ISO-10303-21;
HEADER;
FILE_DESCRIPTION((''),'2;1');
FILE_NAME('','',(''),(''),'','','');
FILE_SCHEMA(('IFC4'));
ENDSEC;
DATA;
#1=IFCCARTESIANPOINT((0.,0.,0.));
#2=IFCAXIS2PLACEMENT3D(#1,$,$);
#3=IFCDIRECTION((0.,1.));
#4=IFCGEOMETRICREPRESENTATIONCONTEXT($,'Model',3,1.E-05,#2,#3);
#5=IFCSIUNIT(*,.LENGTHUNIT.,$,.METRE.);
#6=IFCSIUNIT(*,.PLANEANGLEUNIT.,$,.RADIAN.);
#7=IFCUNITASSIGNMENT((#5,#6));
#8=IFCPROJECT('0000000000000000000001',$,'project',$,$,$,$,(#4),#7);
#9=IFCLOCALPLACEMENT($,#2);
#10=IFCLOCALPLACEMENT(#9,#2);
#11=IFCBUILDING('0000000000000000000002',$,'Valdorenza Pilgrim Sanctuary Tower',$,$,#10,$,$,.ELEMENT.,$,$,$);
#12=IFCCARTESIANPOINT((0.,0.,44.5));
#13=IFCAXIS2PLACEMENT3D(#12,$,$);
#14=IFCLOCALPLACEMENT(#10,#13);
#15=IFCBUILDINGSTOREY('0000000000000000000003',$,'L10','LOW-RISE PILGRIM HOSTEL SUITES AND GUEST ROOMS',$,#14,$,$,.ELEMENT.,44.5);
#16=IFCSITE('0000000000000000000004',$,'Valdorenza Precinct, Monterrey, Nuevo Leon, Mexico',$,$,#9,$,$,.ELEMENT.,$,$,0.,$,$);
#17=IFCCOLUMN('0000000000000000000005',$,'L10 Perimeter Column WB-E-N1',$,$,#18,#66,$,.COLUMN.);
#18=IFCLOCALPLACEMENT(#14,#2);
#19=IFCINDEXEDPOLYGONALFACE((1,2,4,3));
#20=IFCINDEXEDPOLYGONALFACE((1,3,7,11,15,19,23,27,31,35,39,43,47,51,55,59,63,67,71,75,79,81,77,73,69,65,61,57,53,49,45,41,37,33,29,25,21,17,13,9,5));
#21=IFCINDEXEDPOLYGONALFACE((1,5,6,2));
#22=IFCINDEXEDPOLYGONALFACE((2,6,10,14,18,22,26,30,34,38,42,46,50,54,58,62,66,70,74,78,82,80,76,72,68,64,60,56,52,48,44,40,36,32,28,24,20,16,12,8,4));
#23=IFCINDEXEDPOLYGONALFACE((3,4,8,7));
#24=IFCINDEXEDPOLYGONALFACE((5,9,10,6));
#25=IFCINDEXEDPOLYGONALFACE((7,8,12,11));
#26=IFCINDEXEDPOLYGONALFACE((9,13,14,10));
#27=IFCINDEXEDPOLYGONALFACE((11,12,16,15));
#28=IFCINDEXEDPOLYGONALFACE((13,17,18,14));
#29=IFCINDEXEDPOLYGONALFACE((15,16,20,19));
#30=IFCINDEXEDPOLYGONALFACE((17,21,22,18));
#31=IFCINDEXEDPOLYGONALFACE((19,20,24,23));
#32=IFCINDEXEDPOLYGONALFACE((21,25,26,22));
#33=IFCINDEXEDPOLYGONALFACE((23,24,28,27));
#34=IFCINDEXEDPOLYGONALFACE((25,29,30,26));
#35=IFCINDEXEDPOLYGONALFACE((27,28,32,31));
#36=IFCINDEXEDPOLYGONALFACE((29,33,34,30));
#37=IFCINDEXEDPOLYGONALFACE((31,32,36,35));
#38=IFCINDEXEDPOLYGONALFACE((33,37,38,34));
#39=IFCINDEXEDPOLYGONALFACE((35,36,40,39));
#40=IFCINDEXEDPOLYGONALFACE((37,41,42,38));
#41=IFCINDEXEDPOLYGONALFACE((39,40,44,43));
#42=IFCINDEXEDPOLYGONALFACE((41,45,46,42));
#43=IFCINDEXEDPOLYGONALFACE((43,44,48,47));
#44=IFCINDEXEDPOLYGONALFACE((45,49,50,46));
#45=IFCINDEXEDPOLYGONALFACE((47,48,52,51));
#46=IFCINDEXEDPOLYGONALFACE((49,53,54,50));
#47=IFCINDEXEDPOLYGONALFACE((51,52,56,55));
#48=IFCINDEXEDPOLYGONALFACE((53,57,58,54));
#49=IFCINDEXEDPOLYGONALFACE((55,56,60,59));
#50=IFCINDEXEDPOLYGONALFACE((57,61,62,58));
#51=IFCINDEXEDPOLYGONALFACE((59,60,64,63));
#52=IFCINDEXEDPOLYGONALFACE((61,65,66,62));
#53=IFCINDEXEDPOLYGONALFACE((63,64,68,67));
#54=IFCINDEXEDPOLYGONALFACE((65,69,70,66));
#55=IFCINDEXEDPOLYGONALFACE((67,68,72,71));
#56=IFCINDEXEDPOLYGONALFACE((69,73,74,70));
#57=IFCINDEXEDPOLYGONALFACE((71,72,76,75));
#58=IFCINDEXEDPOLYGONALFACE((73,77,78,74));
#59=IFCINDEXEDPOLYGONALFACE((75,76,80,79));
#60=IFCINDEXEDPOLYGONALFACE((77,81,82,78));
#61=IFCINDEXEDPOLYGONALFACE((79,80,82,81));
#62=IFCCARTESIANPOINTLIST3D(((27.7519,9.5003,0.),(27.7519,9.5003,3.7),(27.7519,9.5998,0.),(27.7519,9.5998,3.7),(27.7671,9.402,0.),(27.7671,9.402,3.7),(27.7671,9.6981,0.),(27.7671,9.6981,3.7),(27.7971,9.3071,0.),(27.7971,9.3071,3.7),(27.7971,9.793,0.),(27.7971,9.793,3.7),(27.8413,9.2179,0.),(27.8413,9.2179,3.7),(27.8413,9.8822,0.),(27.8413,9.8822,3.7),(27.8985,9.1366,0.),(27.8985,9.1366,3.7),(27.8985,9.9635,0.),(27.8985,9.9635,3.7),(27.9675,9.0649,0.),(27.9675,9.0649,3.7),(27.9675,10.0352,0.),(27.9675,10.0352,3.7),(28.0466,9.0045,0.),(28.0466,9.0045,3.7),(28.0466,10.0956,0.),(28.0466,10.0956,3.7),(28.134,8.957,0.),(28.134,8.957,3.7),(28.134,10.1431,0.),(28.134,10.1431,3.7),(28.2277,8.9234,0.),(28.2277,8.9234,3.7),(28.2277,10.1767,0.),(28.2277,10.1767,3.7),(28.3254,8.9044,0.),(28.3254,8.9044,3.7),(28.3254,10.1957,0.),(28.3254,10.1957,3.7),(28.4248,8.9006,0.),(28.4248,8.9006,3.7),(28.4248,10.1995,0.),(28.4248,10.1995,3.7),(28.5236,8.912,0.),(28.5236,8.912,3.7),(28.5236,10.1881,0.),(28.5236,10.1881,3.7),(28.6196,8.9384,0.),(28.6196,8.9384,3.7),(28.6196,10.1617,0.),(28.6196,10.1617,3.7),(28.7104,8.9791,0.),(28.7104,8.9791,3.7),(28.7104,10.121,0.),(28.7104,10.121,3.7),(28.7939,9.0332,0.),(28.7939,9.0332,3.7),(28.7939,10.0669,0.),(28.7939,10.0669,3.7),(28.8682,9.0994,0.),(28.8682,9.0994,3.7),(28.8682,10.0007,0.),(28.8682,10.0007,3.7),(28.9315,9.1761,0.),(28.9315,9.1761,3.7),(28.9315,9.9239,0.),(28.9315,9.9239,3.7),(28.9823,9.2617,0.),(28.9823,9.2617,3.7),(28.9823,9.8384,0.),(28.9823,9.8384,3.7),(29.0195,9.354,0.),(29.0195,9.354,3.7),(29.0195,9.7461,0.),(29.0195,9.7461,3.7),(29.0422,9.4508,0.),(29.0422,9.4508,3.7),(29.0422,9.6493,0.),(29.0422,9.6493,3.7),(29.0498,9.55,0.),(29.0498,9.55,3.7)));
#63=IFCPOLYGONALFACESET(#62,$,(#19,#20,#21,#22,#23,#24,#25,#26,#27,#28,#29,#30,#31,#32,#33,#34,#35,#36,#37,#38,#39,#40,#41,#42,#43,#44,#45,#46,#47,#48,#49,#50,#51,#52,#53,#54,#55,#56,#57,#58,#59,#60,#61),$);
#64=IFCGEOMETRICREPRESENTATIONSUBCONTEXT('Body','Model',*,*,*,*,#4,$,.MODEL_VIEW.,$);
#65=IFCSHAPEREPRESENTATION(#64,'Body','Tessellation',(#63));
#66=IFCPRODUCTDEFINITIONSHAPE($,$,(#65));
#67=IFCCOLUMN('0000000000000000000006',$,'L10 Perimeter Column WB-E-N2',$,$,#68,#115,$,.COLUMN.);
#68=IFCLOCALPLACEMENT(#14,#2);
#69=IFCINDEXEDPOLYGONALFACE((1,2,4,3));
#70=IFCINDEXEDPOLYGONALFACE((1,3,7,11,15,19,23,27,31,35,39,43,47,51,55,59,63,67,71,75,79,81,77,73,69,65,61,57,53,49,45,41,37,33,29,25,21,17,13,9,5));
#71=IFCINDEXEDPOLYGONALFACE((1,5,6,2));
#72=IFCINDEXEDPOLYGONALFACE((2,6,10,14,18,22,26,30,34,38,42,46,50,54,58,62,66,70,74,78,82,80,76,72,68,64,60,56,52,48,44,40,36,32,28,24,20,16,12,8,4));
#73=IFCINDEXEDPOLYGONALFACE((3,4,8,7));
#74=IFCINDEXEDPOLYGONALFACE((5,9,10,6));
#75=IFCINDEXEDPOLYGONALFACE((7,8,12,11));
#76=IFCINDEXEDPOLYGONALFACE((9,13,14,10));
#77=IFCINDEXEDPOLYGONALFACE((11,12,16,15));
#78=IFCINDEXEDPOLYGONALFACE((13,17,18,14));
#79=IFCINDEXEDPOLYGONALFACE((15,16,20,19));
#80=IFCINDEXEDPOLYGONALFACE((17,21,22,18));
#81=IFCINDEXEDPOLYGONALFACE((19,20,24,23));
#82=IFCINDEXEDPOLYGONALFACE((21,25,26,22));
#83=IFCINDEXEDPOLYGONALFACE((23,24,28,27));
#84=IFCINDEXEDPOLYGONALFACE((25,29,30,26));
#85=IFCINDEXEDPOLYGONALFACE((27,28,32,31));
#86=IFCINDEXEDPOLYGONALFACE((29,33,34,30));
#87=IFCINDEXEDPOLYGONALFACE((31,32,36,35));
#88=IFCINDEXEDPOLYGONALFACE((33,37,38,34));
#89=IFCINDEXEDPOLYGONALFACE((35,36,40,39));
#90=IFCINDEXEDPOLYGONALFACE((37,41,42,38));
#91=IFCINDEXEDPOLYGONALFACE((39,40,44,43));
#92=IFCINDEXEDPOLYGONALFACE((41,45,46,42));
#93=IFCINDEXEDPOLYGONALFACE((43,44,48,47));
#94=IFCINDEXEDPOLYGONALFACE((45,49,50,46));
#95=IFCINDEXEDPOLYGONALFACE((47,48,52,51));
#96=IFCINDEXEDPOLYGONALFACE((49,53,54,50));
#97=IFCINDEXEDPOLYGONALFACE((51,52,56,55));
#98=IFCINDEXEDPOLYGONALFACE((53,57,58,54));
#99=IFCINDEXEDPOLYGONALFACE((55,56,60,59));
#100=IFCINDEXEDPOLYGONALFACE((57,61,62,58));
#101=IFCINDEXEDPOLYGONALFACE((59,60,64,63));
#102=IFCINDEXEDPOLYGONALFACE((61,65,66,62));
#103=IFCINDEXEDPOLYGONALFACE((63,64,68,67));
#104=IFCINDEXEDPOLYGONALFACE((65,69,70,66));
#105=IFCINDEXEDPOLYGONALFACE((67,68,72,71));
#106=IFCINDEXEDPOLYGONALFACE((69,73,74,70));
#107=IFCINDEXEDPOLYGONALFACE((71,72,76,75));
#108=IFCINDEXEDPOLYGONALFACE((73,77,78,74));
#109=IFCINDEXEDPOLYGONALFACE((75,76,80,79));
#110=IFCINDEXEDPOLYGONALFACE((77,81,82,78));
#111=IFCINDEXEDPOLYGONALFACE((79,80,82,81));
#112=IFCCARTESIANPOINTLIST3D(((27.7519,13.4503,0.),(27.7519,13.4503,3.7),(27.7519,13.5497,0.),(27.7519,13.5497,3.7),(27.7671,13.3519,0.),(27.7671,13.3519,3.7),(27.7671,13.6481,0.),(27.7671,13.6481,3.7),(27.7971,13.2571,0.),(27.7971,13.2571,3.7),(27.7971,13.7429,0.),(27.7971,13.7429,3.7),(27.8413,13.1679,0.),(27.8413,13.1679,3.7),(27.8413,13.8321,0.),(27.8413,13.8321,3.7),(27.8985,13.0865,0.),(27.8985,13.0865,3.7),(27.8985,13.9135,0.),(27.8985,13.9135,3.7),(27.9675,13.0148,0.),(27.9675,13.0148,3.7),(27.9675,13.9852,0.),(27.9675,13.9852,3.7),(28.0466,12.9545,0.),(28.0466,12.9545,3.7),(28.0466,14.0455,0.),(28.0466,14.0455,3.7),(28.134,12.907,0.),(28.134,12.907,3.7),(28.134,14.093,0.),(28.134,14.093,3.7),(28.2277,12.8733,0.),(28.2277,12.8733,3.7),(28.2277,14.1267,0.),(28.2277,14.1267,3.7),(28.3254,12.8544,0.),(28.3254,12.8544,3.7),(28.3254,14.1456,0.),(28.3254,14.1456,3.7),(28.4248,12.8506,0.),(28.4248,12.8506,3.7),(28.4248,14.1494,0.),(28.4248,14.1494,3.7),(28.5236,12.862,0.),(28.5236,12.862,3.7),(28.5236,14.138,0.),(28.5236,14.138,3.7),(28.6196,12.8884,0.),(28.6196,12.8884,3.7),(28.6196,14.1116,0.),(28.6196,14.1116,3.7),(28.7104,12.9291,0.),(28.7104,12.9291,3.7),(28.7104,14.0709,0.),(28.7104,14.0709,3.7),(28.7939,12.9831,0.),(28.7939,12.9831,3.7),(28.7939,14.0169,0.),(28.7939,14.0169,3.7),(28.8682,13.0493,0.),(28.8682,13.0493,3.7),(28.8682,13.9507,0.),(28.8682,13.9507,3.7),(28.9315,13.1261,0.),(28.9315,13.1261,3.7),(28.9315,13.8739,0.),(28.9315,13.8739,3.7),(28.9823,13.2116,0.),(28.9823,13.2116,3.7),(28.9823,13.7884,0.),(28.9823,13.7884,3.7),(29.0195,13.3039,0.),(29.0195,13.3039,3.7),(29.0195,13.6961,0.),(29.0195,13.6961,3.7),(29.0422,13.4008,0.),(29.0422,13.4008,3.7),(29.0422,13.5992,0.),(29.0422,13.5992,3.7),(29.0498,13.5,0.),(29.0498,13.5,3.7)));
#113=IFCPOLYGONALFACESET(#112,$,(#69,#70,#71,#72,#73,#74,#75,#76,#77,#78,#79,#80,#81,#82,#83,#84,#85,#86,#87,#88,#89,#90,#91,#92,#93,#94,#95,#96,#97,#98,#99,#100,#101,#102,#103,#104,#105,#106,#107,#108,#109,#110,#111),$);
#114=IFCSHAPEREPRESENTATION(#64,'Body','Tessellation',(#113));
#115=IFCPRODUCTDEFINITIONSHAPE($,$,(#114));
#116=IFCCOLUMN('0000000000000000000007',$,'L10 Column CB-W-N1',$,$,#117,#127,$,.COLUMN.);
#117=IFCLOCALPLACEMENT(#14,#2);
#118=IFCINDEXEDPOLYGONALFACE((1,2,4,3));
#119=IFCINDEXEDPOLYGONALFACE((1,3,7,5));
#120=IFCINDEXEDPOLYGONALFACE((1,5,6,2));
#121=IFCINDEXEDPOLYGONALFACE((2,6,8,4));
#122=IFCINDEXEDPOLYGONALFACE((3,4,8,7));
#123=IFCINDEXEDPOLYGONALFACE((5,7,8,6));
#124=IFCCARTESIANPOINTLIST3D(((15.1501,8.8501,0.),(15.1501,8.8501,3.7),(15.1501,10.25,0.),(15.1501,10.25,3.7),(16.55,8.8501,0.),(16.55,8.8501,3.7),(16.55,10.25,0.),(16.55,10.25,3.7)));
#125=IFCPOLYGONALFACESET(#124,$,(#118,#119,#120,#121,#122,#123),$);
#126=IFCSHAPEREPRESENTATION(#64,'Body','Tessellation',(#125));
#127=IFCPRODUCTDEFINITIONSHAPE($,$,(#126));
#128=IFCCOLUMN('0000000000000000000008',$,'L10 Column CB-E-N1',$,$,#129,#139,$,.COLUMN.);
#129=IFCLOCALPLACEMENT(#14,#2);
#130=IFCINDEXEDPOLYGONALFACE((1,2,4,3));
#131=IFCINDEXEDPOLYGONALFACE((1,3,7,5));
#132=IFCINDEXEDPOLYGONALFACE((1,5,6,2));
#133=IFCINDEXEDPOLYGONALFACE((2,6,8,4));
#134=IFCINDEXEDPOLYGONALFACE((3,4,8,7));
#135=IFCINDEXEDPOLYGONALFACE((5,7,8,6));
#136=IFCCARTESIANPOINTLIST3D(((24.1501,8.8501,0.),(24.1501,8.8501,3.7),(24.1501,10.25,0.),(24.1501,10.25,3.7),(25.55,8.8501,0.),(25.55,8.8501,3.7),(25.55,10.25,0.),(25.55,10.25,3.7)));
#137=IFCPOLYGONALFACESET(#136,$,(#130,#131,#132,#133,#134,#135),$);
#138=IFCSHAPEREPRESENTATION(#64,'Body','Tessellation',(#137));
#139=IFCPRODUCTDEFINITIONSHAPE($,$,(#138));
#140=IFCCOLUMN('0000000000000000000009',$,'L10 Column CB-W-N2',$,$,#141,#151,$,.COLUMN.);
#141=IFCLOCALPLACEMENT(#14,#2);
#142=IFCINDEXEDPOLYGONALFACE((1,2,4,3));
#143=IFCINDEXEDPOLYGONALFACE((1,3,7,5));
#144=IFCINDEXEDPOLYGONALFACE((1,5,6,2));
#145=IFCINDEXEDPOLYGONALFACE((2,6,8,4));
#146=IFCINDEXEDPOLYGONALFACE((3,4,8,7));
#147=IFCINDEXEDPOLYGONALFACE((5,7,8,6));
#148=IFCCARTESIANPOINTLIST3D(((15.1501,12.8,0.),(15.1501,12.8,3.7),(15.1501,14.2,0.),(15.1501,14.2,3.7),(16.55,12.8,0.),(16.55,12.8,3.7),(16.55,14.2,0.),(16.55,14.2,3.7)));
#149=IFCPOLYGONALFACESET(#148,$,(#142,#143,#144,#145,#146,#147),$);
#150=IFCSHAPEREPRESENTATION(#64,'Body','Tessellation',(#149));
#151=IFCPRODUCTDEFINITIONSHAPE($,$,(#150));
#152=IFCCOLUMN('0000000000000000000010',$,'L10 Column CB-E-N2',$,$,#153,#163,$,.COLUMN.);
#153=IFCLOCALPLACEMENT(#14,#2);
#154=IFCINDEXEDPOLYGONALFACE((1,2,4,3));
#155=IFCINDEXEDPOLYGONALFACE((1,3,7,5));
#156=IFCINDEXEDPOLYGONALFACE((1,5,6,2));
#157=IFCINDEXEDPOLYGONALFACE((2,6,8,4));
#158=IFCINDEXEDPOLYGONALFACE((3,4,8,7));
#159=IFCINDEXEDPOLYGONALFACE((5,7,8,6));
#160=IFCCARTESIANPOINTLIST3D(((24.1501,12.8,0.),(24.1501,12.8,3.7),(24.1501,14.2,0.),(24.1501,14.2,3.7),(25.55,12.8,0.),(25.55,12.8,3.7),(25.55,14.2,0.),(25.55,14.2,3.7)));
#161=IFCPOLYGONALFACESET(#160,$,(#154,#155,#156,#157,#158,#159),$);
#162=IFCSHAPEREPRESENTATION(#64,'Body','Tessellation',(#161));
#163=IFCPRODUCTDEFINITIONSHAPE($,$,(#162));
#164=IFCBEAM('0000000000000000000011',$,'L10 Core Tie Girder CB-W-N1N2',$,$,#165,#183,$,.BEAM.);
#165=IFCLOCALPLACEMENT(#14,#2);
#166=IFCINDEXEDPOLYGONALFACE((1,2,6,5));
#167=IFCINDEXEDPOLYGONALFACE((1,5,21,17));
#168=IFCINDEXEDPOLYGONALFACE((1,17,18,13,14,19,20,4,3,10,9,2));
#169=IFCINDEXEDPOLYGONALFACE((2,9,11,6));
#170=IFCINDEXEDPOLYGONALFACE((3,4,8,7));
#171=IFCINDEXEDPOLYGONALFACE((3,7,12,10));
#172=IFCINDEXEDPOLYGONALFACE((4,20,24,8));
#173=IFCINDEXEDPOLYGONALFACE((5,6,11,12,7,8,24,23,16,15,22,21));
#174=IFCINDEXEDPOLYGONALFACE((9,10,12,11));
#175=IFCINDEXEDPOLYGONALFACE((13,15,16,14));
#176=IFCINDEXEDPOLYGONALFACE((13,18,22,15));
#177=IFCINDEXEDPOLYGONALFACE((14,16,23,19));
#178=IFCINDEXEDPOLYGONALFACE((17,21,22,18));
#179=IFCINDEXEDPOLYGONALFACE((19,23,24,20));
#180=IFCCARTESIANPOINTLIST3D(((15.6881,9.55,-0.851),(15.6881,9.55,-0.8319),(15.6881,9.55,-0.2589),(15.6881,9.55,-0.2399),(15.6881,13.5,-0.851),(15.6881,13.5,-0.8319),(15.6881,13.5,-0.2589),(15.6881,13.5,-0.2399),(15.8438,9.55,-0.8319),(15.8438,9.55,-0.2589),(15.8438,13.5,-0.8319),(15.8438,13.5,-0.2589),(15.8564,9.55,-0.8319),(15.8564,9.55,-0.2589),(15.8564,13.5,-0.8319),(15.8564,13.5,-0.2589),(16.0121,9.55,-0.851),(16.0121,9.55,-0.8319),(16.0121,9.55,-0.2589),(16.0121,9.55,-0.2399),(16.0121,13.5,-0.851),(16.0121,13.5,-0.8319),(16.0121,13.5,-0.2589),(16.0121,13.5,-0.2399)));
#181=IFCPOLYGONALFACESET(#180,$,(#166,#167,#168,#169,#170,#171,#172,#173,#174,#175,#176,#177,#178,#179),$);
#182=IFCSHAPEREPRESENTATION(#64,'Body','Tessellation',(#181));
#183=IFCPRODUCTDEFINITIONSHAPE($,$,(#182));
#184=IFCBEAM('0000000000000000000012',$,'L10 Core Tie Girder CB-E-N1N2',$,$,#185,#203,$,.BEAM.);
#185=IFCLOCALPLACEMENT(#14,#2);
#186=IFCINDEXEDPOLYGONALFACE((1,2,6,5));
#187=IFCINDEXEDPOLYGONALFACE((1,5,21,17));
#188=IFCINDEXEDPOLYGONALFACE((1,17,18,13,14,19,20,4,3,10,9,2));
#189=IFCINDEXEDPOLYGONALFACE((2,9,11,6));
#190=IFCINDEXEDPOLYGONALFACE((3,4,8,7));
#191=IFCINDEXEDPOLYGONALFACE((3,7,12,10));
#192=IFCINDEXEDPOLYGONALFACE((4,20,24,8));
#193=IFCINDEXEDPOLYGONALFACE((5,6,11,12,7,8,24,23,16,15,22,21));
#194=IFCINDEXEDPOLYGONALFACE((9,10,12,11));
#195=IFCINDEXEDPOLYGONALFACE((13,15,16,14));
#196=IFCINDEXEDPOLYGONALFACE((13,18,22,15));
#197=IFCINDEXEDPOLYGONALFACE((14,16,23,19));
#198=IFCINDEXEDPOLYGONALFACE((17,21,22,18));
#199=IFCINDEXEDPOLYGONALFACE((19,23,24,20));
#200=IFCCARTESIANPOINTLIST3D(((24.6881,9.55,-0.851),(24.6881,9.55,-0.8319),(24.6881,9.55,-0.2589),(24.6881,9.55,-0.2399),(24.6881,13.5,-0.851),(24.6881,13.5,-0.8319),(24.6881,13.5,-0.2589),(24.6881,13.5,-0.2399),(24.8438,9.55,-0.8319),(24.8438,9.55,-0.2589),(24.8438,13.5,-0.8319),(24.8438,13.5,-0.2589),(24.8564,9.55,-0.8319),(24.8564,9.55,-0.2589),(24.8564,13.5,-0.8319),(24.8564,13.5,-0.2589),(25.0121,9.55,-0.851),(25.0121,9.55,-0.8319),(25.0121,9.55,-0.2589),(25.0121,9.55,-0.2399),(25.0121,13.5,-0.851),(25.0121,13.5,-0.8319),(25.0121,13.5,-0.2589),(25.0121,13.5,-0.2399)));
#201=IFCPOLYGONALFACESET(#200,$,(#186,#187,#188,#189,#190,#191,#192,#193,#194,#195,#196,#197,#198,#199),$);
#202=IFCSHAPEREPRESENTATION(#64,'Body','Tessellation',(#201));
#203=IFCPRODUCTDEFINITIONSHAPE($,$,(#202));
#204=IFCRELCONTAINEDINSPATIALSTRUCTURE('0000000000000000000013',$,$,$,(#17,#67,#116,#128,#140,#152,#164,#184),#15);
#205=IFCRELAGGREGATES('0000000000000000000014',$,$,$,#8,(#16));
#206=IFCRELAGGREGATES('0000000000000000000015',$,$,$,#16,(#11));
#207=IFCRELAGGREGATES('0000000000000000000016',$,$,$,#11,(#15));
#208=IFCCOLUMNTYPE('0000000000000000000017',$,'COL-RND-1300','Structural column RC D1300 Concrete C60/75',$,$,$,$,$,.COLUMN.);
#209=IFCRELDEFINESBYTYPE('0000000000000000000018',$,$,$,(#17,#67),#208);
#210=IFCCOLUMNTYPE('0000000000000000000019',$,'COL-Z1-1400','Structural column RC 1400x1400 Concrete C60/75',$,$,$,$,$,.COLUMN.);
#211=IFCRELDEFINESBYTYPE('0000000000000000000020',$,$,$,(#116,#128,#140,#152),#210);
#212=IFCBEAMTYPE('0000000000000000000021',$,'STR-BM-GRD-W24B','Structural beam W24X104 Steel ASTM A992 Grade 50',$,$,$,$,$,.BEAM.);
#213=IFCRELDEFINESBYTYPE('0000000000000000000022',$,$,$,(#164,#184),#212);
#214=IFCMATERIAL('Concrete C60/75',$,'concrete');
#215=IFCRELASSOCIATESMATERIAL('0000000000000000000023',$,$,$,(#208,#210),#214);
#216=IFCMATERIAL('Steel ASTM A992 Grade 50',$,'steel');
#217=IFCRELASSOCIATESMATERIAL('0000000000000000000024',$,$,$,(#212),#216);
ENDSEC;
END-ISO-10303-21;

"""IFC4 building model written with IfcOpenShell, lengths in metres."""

from ifc_helpers import new_model, si_unit, direction, frame, origin, origin_2d, place, context, subcontext, project, spatial, rectangle, circle, i_section, extrude, source, transform, mapped, material, material_profile, profile_set, type_object, element, save


model = new_model("IFC4")

# Units and contexts
model_context = context("Model", 3, precision=1e-05, world=origin(), true_north=direction((0.0, 1.0)))
body_context = subcontext(model_context, "Body", "Model", "MODEL_VIEW")
ifc_project = project(units=[si_unit("LENGTHUNIT", "METRE"), si_unit("PLANEANGLEUNIT", "RADIAN")], contexts=[model_context])

# Site, building, storey
site_placement = place(None, origin())
site = spatial("IfcSite", under=ifc_project, at=site_placement, Name="Valdorenza Precinct, Monterrey, Nuevo Leon, Mexico", CompositionType="ELEMENT", RefElevation=0.0)
building_placement = place(site_placement, origin())
building = spatial("IfcBuilding", under=site, at=building_placement, Name="Valdorenza Pilgrim Sanctuary Tower", CompositionType="ELEMENT")
storey_placement = place(building_placement, frame((0.0, 0.0, 44.5)))
storey = spatial("IfcBuildingStorey", under=building, at=storey_placement, Name="L10", Description="LOW-RISE PILGRIM HOSTEL SUITES AND GUEST ROOMS", CompositionType="ELEMENT", Elevation=44.5)

# Columns
ifc_material_1 = material(Name="Concrete C60/75", Category="concrete")
ifc_material_profile_1 = material_profile(ifc_material_1, circle(Radius=0.6499, at=origin_2d()), Name="RC D1300")
ifc_profile_set_1 = profile_set([ifc_material_profile_1], Name="Concrete C60/75")
column_type_1 = type_object("IfcColumnType", Name="COL-RND-1300", Description="Structural column RC D1300 Concrete C60/75", PredefinedType="COLUMN", material=ifc_profile_set_1)
shared_shape_1 = source(origin(), body_context, "Body", "SweptSolid", [
    extrude(circle(Radius=0.6499, at=origin_2d()), origin(), (0.0, 0.0, 1.0), 3.7),
])
for number, where, z_axis, x_axis, name in (
    (1, (28.3999, 9.55, 0.0), (0.0, 0.0, 1.0), (1.0, 0.0, 0.0), "L10 Perimeter Column WB-E-N1"),
    (2, (28.3999, 13.5, 0.0), (0.0, 0.0, 1.0), (1.0, 0.0, 0.0), "L10 Perimeter Column WB-E-N2"),
):
    element("IfcColumn", number, at=place(storey_placement, frame(where, z_axis=z_axis, x_axis=x_axis)), inside=storey, type_object=column_type_1, Name=name, PredefinedType="COLUMN", context=body_context, shape_type="MappedRepresentation", body=[
        mapped(shared_shape_1, transform((0.0, 0.0, 0.0), x_axis=(1.0, 0.0, 0.0), y_axis=(0.0, 1.0, 0.0), z_axis=(0.0, 0.0, 1.0), scale=1.0)),
    ])
ifc_material_profile_2 = material_profile(ifc_material_1, rectangle(XDim=1.3999, YDim=1.3999, at=origin_2d()), Name="RC 1400x1400")
ifc_profile_set_2 = profile_set([ifc_material_profile_2], Name="Concrete C60/75")
column_type_2 = type_object("IfcColumnType", Name="COL-Z1-1400", Description="Structural column RC 1400x1400 Concrete C60/75", PredefinedType="COLUMN", material=ifc_profile_set_2)
shared_shape_2 = source(origin(), body_context, "Body", "SweptSolid", [
    extrude(rectangle(XDim=1.3999, YDim=1.3999, at=origin_2d()), origin(), (0.0, 0.0, 1.0), 3.7),
])
for number, where, z_axis, x_axis, name in (
    (3, (15.8501, 9.55, 0.0), (0.0, 0.0, 1.0), (1.0, 0.0, 0.0), "L10 Column CB-W-N1"),
    (4, (24.8501, 9.55, 0.0), (0.0, 0.0, 1.0), (1.0, 0.0, 0.0), "L10 Column CB-E-N1"),
    (5, (15.8501, 13.5, 0.0), (0.0, 0.0, 1.0), (1.0, 0.0, 0.0), "L10 Column CB-W-N2"),
    (6, (24.8501, 13.5, 0.0), (0.0, 0.0, 1.0), (1.0, 0.0, 0.0), "L10 Column CB-E-N2"),
):
    element("IfcColumn", number, at=place(storey_placement, frame(where, z_axis=z_axis, x_axis=x_axis)), inside=storey, type_object=column_type_2, Name=name, PredefinedType="COLUMN", context=body_context, shape_type="MappedRepresentation", body=[
        mapped(shared_shape_2, transform((0.0, 0.0, 0.0), x_axis=(1.0, 0.0, 0.0), y_axis=(0.0, 1.0, 0.0), z_axis=(0.0, 0.0, 1.0), scale=1.0)),
    ])

# Beams
ifc_material_2 = material(Name="Steel ASTM A992 Grade 50", Category="steel")
ifc_material_profile_3 = material_profile(ifc_material_2, i_section(OverallWidth=0.324, OverallDepth=0.6111, WebThickness=0.0127, FlangeThickness=0.019, at=origin_2d()), Name="W24X104")
ifc_profile_set_3 = profile_set([ifc_material_profile_3], Name="Steel ASTM A992 Grade 50")
beam_type_1 = type_object("IfcBeamType", Name="STR-BM-GRD-W24B", Description="Structural beam W24X104 Steel ASTM A992 Grade 50", PredefinedType="BEAM", material=ifc_profile_set_3)
shared_shape_3 = source(origin(), body_context, "Body", "SweptSolid", [
    extrude(i_section(OverallWidth=0.324, OverallDepth=0.6111, WebThickness=0.0127, FlangeThickness=0.019, at=origin_2d()), origin(), (0.0, 0.0, 1.0), 3.95),
])
for number, where, z_axis, x_axis, name in (
    (7, (15.8501, 9.55, -0.5454), (0.0, 1.0, 0.0), (-1.0, 0.0, 0.0), "L10 Core Tie Girder CB-W-N1N2"),
    (8, (24.8501, 9.55, -0.5454), (0.0, 1.0, 0.0), (-1.0, 0.0, 0.0), "L10 Core Tie Girder CB-E-N1N2"),
):
    element("IfcBeam", number, at=place(storey_placement, frame(where, z_axis=z_axis, x_axis=x_axis)), inside=storey, type_object=beam_type_1, Name=name, PredefinedType="BEAM", context=body_context, shape_type="MappedRepresentation", body=[
        mapped(shared_shape_3, transform((0.0, 0.0, 0.0), x_axis=(1.0, 0.0, 0.0), y_axis=(0.0, 1.0, 0.0), z_axis=(0.0, 0.0, 1.0), scale=1.0)),
    ])

save(model, "model.ifc")
